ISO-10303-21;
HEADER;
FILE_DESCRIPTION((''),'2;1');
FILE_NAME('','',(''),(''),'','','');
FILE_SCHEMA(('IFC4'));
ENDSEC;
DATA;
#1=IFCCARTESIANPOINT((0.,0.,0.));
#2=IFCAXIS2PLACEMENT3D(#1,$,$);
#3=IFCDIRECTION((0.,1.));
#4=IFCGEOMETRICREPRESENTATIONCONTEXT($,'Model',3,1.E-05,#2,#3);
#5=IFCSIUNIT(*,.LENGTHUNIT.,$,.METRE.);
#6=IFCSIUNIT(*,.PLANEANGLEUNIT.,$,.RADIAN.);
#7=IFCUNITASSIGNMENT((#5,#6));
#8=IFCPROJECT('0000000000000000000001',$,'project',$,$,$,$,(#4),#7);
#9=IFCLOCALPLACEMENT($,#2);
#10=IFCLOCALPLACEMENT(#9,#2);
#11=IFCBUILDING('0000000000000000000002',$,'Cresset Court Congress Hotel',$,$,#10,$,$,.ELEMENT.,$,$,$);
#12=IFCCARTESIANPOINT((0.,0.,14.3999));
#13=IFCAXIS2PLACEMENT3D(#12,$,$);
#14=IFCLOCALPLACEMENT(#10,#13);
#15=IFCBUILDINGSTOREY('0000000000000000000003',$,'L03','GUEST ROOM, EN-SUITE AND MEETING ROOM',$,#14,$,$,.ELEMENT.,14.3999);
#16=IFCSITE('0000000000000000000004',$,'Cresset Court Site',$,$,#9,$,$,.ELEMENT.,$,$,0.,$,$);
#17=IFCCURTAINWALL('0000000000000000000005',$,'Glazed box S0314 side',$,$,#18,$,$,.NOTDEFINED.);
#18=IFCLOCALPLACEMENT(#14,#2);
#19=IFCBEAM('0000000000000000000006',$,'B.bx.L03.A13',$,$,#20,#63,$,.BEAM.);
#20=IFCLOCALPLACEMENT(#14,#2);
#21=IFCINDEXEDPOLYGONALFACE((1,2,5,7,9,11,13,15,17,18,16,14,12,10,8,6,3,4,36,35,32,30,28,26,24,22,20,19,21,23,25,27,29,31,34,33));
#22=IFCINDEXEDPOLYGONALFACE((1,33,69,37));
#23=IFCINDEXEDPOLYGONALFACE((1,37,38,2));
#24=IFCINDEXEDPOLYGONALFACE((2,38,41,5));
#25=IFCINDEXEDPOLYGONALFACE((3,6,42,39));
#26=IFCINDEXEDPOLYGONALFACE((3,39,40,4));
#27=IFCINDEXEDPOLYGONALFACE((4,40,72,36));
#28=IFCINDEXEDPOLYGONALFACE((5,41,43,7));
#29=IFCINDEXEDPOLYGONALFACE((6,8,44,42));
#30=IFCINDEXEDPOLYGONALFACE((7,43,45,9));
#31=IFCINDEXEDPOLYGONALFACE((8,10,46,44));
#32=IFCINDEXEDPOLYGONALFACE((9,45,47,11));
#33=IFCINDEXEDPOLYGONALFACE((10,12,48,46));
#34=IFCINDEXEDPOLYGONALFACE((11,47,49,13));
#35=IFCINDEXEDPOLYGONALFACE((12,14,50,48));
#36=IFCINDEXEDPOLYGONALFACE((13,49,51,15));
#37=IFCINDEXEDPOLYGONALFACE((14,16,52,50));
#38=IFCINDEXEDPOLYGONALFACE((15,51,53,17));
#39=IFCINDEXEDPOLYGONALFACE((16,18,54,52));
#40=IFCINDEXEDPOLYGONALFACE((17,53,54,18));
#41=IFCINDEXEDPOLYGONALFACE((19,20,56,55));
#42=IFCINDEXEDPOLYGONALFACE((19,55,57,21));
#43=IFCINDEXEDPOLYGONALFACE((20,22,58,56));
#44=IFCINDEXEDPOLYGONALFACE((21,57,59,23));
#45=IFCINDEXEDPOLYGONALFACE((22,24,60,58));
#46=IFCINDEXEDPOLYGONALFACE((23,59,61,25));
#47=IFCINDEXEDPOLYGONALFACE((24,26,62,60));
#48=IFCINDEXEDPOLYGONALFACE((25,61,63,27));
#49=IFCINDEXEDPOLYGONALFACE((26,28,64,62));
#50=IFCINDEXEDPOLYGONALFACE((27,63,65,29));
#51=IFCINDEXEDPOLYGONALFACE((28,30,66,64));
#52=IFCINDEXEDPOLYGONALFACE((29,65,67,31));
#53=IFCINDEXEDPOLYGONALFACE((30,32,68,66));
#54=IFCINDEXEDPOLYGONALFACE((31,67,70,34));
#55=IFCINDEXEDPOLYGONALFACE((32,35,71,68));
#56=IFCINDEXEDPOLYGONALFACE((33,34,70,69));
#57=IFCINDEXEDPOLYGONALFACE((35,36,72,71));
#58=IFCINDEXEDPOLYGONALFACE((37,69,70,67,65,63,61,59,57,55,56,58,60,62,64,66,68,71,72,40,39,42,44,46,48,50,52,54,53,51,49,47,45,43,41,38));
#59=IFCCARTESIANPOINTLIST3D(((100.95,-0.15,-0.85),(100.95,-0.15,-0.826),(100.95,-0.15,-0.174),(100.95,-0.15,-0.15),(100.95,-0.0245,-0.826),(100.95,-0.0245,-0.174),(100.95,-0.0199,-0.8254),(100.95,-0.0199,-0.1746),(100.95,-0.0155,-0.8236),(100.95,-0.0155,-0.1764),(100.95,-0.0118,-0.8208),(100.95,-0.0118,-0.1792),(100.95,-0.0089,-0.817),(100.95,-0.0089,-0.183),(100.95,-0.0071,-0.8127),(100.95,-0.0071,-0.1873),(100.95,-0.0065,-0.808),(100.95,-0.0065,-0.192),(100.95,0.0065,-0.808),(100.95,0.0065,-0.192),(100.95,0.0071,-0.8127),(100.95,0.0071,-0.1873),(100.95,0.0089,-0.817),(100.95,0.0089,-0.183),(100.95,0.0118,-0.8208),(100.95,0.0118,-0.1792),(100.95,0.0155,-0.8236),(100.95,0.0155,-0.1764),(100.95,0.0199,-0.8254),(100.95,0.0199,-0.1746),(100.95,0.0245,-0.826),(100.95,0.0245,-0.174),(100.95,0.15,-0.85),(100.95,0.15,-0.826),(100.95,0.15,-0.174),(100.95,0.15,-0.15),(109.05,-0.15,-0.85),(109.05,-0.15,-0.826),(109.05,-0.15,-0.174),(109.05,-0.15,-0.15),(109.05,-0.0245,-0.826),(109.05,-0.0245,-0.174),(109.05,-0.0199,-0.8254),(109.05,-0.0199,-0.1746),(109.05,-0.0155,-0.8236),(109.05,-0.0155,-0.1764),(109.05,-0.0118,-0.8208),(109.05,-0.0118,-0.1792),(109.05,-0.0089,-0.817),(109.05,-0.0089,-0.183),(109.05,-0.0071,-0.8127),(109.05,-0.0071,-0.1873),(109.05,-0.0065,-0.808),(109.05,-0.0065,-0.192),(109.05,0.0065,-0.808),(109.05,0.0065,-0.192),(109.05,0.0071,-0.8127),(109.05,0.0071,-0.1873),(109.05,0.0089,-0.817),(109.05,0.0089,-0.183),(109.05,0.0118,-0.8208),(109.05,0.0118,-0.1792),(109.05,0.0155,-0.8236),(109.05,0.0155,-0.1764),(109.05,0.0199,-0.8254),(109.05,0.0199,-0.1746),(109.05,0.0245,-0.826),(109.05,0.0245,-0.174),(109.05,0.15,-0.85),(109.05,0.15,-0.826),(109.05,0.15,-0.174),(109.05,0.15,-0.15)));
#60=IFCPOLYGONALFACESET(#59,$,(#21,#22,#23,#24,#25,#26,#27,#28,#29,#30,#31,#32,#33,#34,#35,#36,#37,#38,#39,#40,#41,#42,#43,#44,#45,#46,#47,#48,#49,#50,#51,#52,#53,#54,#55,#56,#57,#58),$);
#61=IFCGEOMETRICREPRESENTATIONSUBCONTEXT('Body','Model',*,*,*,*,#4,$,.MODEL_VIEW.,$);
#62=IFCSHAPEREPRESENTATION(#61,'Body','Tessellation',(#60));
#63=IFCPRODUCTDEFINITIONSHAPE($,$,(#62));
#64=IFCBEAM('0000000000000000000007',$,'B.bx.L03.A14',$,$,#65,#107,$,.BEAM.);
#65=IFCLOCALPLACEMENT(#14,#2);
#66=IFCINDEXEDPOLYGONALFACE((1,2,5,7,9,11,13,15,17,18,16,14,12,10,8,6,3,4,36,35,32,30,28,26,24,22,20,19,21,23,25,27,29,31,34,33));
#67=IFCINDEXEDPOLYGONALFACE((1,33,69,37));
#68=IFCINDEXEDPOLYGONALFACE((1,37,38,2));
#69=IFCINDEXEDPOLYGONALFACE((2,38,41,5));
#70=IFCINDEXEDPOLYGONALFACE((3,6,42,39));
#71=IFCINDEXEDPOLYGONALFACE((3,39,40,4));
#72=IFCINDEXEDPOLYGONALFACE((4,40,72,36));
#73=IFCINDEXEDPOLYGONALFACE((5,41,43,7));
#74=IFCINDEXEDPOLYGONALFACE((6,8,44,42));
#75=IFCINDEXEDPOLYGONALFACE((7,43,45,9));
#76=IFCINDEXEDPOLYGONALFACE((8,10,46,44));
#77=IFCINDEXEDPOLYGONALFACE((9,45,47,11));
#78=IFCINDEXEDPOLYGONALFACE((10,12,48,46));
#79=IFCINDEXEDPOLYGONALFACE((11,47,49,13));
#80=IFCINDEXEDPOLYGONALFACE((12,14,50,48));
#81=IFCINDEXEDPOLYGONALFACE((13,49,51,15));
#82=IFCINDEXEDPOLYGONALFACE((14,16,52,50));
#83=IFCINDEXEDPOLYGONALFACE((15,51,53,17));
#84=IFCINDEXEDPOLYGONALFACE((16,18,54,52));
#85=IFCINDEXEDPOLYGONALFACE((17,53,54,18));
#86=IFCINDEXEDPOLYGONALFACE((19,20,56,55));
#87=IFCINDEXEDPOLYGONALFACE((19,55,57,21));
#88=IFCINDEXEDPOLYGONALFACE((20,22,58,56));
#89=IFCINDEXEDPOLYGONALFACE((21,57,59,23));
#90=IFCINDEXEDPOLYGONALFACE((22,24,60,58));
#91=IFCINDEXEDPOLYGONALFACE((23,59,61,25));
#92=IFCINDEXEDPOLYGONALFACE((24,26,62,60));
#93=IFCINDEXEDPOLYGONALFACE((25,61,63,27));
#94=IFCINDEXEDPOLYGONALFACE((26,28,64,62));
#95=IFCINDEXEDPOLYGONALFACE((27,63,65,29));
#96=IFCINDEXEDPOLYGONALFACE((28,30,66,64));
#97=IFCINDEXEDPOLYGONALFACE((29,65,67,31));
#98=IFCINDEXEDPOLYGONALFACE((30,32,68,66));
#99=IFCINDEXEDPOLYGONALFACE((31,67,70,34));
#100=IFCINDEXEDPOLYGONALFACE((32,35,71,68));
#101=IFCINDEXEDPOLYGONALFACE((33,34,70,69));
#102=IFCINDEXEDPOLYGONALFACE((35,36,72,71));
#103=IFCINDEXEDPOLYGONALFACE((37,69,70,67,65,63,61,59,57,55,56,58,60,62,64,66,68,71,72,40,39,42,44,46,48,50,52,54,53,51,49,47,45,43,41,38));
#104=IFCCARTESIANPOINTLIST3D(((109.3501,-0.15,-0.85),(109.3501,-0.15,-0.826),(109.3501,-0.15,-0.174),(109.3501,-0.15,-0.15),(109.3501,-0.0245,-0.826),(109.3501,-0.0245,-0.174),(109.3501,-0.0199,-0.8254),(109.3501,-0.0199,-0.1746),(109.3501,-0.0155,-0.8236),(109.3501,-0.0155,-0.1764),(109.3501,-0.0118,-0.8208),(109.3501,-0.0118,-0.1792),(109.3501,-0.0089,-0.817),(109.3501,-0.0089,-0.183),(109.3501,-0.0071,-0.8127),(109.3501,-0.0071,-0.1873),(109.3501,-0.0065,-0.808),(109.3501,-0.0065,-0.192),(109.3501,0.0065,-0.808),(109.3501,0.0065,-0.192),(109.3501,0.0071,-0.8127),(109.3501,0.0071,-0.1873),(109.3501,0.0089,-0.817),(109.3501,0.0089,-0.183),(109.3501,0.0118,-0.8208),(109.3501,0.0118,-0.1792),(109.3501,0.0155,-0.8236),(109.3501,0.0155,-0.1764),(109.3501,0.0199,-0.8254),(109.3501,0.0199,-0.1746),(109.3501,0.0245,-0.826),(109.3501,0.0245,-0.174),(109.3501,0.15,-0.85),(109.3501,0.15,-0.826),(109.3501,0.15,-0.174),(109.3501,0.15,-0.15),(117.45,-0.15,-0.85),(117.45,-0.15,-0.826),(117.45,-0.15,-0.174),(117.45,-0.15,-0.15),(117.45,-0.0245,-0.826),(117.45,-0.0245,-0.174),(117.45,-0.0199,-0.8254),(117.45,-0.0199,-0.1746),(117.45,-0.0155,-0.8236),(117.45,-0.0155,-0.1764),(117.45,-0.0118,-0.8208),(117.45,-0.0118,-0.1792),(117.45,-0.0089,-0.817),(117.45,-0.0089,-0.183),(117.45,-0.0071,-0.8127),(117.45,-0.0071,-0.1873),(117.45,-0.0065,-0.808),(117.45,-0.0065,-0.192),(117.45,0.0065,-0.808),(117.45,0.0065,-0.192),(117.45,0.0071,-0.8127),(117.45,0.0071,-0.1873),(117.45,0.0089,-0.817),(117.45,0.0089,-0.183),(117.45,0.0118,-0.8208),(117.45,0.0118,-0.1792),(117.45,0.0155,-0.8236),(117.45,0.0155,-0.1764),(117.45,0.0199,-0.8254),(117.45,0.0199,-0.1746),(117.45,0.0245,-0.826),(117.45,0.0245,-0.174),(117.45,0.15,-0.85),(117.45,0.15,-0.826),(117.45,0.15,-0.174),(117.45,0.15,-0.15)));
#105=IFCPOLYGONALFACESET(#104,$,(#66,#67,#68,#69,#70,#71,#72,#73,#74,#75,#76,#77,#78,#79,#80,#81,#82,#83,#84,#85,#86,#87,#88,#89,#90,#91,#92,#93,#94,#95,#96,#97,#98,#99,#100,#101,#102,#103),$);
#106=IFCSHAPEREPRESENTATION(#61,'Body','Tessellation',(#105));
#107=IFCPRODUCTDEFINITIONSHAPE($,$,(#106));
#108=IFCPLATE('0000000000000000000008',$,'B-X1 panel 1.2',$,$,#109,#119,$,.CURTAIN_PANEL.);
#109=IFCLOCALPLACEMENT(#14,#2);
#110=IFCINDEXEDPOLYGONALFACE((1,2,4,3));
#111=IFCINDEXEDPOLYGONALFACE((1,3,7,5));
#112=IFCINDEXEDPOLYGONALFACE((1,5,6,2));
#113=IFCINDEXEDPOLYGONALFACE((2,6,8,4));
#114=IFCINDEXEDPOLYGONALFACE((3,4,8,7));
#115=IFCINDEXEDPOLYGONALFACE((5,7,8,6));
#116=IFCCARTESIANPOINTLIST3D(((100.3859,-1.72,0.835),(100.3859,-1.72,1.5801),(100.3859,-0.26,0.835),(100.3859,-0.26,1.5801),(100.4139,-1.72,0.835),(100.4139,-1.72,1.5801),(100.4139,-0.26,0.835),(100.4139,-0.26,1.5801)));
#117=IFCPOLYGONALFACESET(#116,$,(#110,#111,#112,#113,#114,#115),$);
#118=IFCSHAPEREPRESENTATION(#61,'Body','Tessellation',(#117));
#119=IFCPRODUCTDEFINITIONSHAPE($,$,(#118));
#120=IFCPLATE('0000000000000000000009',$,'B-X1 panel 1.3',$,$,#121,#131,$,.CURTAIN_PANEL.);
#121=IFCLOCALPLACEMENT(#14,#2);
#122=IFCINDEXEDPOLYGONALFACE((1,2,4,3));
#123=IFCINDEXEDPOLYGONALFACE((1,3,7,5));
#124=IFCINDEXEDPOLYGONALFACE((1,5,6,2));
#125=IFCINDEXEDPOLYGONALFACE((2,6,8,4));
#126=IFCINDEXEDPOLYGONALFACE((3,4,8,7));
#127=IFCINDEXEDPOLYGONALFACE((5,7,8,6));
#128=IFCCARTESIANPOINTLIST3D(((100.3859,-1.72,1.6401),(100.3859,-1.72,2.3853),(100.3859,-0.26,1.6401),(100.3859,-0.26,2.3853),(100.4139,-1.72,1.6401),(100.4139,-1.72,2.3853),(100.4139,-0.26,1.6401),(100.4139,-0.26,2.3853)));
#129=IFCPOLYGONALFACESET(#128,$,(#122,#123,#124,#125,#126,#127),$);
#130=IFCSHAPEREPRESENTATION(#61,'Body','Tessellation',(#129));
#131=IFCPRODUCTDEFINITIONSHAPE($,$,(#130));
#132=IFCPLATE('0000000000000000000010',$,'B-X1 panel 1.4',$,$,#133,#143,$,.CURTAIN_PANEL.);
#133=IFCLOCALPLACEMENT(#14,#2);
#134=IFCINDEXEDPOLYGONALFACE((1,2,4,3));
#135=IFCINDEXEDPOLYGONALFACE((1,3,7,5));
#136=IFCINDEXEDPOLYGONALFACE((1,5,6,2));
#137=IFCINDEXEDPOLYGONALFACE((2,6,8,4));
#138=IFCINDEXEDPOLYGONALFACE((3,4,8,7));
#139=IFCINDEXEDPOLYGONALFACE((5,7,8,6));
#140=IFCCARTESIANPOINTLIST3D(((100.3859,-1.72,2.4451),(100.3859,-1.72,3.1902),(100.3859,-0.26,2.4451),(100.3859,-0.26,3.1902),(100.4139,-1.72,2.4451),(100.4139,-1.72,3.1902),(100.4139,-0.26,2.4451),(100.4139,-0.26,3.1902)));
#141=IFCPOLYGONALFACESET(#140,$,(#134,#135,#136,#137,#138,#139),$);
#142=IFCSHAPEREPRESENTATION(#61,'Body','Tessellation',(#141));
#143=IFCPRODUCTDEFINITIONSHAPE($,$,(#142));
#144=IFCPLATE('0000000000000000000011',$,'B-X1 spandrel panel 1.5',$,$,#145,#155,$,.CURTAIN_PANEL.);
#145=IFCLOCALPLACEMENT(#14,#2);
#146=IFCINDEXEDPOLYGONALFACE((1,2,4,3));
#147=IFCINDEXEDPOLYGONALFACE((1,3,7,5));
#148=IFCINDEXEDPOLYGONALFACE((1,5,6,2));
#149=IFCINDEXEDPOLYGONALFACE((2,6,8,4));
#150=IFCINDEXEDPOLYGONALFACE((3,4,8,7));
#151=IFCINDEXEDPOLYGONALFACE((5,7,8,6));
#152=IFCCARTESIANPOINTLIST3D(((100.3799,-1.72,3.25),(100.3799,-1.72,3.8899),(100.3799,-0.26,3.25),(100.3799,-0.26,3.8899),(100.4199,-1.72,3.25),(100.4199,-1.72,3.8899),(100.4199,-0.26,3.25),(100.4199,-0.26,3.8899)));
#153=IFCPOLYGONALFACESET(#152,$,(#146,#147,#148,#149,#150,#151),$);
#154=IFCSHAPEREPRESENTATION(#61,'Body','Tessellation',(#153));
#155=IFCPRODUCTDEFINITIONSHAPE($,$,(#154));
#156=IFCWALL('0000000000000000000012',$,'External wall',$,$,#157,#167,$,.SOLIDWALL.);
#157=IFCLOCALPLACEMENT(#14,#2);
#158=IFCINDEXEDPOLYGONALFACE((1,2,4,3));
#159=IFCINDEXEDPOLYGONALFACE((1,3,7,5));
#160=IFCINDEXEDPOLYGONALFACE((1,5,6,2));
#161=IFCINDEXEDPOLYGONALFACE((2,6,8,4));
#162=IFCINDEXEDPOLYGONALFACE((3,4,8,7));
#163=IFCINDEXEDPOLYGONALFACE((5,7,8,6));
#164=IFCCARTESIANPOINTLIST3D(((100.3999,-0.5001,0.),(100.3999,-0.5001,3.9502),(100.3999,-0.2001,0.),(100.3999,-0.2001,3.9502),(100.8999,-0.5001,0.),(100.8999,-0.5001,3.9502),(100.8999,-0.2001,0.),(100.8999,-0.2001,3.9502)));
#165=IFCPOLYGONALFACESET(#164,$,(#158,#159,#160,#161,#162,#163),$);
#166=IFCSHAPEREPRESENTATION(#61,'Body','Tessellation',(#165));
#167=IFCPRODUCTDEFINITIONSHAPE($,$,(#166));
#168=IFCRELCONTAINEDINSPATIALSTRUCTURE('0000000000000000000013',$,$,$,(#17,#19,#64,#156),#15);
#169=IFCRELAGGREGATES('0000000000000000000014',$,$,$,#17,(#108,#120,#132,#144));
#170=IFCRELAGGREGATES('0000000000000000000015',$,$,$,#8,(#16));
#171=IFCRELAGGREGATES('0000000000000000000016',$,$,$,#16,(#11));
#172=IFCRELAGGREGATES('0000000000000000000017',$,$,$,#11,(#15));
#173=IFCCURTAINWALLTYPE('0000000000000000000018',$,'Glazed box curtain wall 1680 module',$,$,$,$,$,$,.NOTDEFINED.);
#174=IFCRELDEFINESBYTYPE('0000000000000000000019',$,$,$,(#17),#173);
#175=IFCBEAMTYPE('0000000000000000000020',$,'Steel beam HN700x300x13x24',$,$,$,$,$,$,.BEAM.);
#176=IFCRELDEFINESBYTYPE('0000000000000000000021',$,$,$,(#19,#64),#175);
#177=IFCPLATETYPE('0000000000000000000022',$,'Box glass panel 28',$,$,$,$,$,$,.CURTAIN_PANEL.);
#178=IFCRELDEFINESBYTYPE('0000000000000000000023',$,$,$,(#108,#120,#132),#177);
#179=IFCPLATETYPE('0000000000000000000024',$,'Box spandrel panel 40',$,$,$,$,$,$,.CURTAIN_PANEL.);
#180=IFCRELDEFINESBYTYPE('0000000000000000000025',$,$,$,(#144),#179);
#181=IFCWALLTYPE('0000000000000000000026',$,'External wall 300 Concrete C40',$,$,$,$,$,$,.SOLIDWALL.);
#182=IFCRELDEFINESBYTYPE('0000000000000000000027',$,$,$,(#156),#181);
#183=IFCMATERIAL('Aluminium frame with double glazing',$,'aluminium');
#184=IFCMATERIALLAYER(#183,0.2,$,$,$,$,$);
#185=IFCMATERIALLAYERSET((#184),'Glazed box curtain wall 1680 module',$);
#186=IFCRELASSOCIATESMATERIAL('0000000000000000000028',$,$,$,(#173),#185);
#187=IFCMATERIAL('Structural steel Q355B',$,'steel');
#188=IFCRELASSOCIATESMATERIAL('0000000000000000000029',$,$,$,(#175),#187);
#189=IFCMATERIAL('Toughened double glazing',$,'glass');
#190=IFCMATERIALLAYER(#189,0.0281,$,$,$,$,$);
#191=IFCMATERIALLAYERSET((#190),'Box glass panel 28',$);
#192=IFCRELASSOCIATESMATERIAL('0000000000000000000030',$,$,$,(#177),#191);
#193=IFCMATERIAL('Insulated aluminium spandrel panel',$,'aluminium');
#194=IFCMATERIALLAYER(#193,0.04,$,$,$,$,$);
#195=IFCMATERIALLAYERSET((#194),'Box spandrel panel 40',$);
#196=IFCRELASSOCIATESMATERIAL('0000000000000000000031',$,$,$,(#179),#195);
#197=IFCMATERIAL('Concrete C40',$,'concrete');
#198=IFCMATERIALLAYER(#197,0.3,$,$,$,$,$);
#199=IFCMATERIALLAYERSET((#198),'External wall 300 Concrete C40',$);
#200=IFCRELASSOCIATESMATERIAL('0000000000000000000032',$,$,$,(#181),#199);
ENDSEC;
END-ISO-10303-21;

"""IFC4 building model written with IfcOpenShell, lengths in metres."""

from ifc_helpers import new_model, si_unit, direction, frame, frame_2d, origin, origin_2d, place, context, subcontext, project, spatial, rectangle, i_section, extrude, material, layer, layer_set, material_profile, profile_set, type_object, element, aggregate, save


model = new_model("IFC4")

# Units and contexts
model_context = context("Model", 3, precision=1e-05, world=origin(), true_north=direction((0.0, 1.0)))
body_context = subcontext(model_context, "Body", "Model", "MODEL_VIEW")
ifc_project = project(units=[si_unit("LENGTHUNIT", "METRE"), si_unit("PLANEANGLEUNIT", "RADIAN")], contexts=[model_context])

# Site, building, storey
site_placement = place(None, origin())
site = spatial("IfcSite", under=ifc_project, at=site_placement, Name="Cresset Court Site", CompositionType="ELEMENT", RefElevation=0.0)
building_placement = place(site_placement, origin())
building = spatial("IfcBuilding", under=site, at=building_placement, Name="Cresset Court Congress Hotel", CompositionType="ELEMENT")
storey_placement = place(building_placement, frame((0.0, 0.0, 14.3999)))
storey = spatial("IfcBuildingStorey", under=building, at=storey_placement, Name="L03", Description="GUEST ROOM, EN-SUITE AND MEETING ROOM", CompositionType="ELEMENT", Elevation=14.3999)

# Curtain wall
ifc_material_1 = material(Name="Aluminium frame with double glazing", Category="aluminium")
ifc_layer_1 = layer(ifc_material_1, 0.2)
ifc_layer_set_1 = layer_set([ifc_layer_1], Name="Glazed box curtain wall 1680 module")
curtain_wall_type = type_object("IfcCurtainWallType", Name="Glazed box curtain wall 1680 module", PredefinedType="NOTDEFINED", material=ifc_layer_set_1)
curtain_wall_placement = place(storey_placement, origin())
curtain_wall = element("IfcCurtainWall", 1, at=curtain_wall_placement, inside=storey, type_object=curtain_wall_type, Name="Glazed box S0314 side", PredefinedType="NOTDEFINED")

# Beams
ifc_material_2 = material(Name="Structural steel Q355B", Category="steel")
ifc_material_profile_1 = material_profile(ifc_material_2, i_section(OverallWidth=0.3, OverallDepth=0.7, WebThickness=0.0129, FlangeThickness=0.0239, FilletRadius=0.0181, at=origin_2d()), Name="HN700x300x13x24")
ifc_profile_set_1 = profile_set([ifc_material_profile_1], Name="Structural steel Q355B")
beam_type = type_object("IfcBeamType", Name="Steel beam HN700x300x13x24", PredefinedType="BEAM", material=ifc_profile_set_1)
beam_1_placement = place(storey_placement, frame((100.95, 0.0, -0.5), z_axis=(1.0, 0.0, 0.0), x_axis=(0.0, 1.0, 0.0)))
element("IfcBeam", 2, at=beam_1_placement, inside=storey, type_object=beam_type, Name="B.bx.L03.A13", PredefinedType="BEAM", context=body_context, shape_type="SweptSolid", body=[
    extrude(i_section(OverallWidth=0.3, OverallDepth=0.7, WebThickness=0.0129, FlangeThickness=0.0239, FilletRadius=0.0181, at=origin_2d()), origin(), (0.0, 0.0, 1.0), 8.1001),
])
beam_2_placement = place(storey_placement, frame((109.3501, 0.0, -0.5), z_axis=(1.0, 0.0, 0.0), x_axis=(0.0, 1.0, 0.0)))
element("IfcBeam", 3, at=beam_2_placement, inside=storey, type_object=beam_type, Name="B.bx.L03.A14", PredefinedType="BEAM", context=body_context, shape_type="SweptSolid", body=[
    extrude(i_section(OverallWidth=0.3, OverallDepth=0.7, WebThickness=0.0129, FlangeThickness=0.0239, FilletRadius=0.0181, at=origin_2d()), origin(), (0.0, 0.0, 1.0), 8.0999),
])

# Plates
ifc_material_3 = material(Name="Toughened double glazing", Category="glass")
ifc_layer_2 = layer(ifc_material_3, 0.0281)
ifc_layer_set_2 = layer_set([ifc_layer_2], Name="Box glass panel 28")
plate_type_1 = type_object("IfcPlateType", Name="Box glass panel 28", PredefinedType="CURTAIN_PANEL", material=ifc_layer_set_2)
plate_1_placement = place(storey_placement, frame((100.3999, -0.99, 0.835), z_axis=(0.0, 0.0, 1.0), x_axis=(0.0, -1.0, 0.0)))
plate_1 = element("IfcPlate", 4, at=plate_1_placement, type_object=plate_type_1, Name="B-X1 panel 1.2", PredefinedType="CURTAIN_PANEL", context=body_context, shape_type="SweptSolid", body=[
    extrude(rectangle(XDim=1.46, YDim=0.0281, at=origin_2d()), origin(), (0.0, 0.0, 1.0), 0.7451),
])
plate_2_placement = place(storey_placement, frame((100.3999, -0.99, 1.6401), z_axis=(0.0, 0.0, 1.0), x_axis=(0.0, -1.0, 0.0)))
plate_2 = element("IfcPlate", 5, at=plate_2_placement, type_object=plate_type_1, Name="B-X1 panel 1.3", PredefinedType="CURTAIN_PANEL", context=body_context, shape_type="SweptSolid", body=[
    extrude(rectangle(XDim=1.46, YDim=0.0281, at=origin_2d()), origin(), (0.0, 0.0, 1.0), 0.7451),
])
plate_3_placement = place(storey_placement, frame((100.3999, -0.99, 2.4451), z_axis=(0.0, 0.0, 1.0), x_axis=(0.0, -1.0, 0.0)))
plate_3 = element("IfcPlate", 6, at=plate_3_placement, type_object=plate_type_1, Name="B-X1 panel 1.4", PredefinedType="CURTAIN_PANEL", context=body_context, shape_type="SweptSolid", body=[
    extrude(rectangle(XDim=1.46, YDim=0.0281, at=origin_2d()), origin(), (0.0, 0.0, 1.0), 0.7451),
])
ifc_material_4 = material(Name="Insulated aluminium spandrel panel", Category="aluminium")
ifc_layer_3 = layer(ifc_material_4, 0.04)
ifc_layer_set_3 = layer_set([ifc_layer_3], Name="Box spandrel panel 40")
plate_type_2 = type_object("IfcPlateType", Name="Box spandrel panel 40", PredefinedType="CURTAIN_PANEL", material=ifc_layer_set_3)
plate_4_placement = place(storey_placement, frame((100.3999, -0.99, 3.25), z_axis=(0.0, 0.0, 1.0), x_axis=(0.0, -1.0, 0.0)))
plate_4 = element("IfcPlate", 7, at=plate_4_placement, type_object=plate_type_2, Name="B-X1 spandrel panel 1.5", PredefinedType="CURTAIN_PANEL", context=body_context, shape_type="SweptSolid", body=[
    extrude(rectangle(XDim=1.46, YDim=0.04, at=origin_2d()), origin(), (0.0, 0.0, 1.0), 0.6399),
])
aggregate(curtain_wall, [plate_1, plate_2, plate_3, plate_4])

# Wall
ifc_material_5 = material(Name="Concrete C40", Category="concrete")
ifc_layer_4 = layer(ifc_material_5, 0.3)
ifc_layer_set_4 = layer_set([ifc_layer_4], Name="External wall 300 Concrete C40")
wall_type_1 = type_object("IfcWallType", Name="External wall 300 Concrete C40", PredefinedType="SOLIDWALL", material=ifc_layer_set_4)
wall_1_placement = place(storey_placement, frame((100.3999, -0.3501, 0.0), z_axis=(0.0, 0.0, 1.0), x_axis=(1.0, 0.0, 0.0)))
element("IfcWall", 8, at=wall_1_placement, inside=storey, type_object=wall_type_1, Name="External wall", PredefinedType="SOLIDWALL", context=body_context, shape_type="SweptSolid", body=[
    extrude(rectangle(XDim=0.5, YDim=0.3, at=frame_2d((0.25, 0.0))), origin(), (0.0, 0.0, 1.0), 3.9502),
])

save(model, "model.ifc")
